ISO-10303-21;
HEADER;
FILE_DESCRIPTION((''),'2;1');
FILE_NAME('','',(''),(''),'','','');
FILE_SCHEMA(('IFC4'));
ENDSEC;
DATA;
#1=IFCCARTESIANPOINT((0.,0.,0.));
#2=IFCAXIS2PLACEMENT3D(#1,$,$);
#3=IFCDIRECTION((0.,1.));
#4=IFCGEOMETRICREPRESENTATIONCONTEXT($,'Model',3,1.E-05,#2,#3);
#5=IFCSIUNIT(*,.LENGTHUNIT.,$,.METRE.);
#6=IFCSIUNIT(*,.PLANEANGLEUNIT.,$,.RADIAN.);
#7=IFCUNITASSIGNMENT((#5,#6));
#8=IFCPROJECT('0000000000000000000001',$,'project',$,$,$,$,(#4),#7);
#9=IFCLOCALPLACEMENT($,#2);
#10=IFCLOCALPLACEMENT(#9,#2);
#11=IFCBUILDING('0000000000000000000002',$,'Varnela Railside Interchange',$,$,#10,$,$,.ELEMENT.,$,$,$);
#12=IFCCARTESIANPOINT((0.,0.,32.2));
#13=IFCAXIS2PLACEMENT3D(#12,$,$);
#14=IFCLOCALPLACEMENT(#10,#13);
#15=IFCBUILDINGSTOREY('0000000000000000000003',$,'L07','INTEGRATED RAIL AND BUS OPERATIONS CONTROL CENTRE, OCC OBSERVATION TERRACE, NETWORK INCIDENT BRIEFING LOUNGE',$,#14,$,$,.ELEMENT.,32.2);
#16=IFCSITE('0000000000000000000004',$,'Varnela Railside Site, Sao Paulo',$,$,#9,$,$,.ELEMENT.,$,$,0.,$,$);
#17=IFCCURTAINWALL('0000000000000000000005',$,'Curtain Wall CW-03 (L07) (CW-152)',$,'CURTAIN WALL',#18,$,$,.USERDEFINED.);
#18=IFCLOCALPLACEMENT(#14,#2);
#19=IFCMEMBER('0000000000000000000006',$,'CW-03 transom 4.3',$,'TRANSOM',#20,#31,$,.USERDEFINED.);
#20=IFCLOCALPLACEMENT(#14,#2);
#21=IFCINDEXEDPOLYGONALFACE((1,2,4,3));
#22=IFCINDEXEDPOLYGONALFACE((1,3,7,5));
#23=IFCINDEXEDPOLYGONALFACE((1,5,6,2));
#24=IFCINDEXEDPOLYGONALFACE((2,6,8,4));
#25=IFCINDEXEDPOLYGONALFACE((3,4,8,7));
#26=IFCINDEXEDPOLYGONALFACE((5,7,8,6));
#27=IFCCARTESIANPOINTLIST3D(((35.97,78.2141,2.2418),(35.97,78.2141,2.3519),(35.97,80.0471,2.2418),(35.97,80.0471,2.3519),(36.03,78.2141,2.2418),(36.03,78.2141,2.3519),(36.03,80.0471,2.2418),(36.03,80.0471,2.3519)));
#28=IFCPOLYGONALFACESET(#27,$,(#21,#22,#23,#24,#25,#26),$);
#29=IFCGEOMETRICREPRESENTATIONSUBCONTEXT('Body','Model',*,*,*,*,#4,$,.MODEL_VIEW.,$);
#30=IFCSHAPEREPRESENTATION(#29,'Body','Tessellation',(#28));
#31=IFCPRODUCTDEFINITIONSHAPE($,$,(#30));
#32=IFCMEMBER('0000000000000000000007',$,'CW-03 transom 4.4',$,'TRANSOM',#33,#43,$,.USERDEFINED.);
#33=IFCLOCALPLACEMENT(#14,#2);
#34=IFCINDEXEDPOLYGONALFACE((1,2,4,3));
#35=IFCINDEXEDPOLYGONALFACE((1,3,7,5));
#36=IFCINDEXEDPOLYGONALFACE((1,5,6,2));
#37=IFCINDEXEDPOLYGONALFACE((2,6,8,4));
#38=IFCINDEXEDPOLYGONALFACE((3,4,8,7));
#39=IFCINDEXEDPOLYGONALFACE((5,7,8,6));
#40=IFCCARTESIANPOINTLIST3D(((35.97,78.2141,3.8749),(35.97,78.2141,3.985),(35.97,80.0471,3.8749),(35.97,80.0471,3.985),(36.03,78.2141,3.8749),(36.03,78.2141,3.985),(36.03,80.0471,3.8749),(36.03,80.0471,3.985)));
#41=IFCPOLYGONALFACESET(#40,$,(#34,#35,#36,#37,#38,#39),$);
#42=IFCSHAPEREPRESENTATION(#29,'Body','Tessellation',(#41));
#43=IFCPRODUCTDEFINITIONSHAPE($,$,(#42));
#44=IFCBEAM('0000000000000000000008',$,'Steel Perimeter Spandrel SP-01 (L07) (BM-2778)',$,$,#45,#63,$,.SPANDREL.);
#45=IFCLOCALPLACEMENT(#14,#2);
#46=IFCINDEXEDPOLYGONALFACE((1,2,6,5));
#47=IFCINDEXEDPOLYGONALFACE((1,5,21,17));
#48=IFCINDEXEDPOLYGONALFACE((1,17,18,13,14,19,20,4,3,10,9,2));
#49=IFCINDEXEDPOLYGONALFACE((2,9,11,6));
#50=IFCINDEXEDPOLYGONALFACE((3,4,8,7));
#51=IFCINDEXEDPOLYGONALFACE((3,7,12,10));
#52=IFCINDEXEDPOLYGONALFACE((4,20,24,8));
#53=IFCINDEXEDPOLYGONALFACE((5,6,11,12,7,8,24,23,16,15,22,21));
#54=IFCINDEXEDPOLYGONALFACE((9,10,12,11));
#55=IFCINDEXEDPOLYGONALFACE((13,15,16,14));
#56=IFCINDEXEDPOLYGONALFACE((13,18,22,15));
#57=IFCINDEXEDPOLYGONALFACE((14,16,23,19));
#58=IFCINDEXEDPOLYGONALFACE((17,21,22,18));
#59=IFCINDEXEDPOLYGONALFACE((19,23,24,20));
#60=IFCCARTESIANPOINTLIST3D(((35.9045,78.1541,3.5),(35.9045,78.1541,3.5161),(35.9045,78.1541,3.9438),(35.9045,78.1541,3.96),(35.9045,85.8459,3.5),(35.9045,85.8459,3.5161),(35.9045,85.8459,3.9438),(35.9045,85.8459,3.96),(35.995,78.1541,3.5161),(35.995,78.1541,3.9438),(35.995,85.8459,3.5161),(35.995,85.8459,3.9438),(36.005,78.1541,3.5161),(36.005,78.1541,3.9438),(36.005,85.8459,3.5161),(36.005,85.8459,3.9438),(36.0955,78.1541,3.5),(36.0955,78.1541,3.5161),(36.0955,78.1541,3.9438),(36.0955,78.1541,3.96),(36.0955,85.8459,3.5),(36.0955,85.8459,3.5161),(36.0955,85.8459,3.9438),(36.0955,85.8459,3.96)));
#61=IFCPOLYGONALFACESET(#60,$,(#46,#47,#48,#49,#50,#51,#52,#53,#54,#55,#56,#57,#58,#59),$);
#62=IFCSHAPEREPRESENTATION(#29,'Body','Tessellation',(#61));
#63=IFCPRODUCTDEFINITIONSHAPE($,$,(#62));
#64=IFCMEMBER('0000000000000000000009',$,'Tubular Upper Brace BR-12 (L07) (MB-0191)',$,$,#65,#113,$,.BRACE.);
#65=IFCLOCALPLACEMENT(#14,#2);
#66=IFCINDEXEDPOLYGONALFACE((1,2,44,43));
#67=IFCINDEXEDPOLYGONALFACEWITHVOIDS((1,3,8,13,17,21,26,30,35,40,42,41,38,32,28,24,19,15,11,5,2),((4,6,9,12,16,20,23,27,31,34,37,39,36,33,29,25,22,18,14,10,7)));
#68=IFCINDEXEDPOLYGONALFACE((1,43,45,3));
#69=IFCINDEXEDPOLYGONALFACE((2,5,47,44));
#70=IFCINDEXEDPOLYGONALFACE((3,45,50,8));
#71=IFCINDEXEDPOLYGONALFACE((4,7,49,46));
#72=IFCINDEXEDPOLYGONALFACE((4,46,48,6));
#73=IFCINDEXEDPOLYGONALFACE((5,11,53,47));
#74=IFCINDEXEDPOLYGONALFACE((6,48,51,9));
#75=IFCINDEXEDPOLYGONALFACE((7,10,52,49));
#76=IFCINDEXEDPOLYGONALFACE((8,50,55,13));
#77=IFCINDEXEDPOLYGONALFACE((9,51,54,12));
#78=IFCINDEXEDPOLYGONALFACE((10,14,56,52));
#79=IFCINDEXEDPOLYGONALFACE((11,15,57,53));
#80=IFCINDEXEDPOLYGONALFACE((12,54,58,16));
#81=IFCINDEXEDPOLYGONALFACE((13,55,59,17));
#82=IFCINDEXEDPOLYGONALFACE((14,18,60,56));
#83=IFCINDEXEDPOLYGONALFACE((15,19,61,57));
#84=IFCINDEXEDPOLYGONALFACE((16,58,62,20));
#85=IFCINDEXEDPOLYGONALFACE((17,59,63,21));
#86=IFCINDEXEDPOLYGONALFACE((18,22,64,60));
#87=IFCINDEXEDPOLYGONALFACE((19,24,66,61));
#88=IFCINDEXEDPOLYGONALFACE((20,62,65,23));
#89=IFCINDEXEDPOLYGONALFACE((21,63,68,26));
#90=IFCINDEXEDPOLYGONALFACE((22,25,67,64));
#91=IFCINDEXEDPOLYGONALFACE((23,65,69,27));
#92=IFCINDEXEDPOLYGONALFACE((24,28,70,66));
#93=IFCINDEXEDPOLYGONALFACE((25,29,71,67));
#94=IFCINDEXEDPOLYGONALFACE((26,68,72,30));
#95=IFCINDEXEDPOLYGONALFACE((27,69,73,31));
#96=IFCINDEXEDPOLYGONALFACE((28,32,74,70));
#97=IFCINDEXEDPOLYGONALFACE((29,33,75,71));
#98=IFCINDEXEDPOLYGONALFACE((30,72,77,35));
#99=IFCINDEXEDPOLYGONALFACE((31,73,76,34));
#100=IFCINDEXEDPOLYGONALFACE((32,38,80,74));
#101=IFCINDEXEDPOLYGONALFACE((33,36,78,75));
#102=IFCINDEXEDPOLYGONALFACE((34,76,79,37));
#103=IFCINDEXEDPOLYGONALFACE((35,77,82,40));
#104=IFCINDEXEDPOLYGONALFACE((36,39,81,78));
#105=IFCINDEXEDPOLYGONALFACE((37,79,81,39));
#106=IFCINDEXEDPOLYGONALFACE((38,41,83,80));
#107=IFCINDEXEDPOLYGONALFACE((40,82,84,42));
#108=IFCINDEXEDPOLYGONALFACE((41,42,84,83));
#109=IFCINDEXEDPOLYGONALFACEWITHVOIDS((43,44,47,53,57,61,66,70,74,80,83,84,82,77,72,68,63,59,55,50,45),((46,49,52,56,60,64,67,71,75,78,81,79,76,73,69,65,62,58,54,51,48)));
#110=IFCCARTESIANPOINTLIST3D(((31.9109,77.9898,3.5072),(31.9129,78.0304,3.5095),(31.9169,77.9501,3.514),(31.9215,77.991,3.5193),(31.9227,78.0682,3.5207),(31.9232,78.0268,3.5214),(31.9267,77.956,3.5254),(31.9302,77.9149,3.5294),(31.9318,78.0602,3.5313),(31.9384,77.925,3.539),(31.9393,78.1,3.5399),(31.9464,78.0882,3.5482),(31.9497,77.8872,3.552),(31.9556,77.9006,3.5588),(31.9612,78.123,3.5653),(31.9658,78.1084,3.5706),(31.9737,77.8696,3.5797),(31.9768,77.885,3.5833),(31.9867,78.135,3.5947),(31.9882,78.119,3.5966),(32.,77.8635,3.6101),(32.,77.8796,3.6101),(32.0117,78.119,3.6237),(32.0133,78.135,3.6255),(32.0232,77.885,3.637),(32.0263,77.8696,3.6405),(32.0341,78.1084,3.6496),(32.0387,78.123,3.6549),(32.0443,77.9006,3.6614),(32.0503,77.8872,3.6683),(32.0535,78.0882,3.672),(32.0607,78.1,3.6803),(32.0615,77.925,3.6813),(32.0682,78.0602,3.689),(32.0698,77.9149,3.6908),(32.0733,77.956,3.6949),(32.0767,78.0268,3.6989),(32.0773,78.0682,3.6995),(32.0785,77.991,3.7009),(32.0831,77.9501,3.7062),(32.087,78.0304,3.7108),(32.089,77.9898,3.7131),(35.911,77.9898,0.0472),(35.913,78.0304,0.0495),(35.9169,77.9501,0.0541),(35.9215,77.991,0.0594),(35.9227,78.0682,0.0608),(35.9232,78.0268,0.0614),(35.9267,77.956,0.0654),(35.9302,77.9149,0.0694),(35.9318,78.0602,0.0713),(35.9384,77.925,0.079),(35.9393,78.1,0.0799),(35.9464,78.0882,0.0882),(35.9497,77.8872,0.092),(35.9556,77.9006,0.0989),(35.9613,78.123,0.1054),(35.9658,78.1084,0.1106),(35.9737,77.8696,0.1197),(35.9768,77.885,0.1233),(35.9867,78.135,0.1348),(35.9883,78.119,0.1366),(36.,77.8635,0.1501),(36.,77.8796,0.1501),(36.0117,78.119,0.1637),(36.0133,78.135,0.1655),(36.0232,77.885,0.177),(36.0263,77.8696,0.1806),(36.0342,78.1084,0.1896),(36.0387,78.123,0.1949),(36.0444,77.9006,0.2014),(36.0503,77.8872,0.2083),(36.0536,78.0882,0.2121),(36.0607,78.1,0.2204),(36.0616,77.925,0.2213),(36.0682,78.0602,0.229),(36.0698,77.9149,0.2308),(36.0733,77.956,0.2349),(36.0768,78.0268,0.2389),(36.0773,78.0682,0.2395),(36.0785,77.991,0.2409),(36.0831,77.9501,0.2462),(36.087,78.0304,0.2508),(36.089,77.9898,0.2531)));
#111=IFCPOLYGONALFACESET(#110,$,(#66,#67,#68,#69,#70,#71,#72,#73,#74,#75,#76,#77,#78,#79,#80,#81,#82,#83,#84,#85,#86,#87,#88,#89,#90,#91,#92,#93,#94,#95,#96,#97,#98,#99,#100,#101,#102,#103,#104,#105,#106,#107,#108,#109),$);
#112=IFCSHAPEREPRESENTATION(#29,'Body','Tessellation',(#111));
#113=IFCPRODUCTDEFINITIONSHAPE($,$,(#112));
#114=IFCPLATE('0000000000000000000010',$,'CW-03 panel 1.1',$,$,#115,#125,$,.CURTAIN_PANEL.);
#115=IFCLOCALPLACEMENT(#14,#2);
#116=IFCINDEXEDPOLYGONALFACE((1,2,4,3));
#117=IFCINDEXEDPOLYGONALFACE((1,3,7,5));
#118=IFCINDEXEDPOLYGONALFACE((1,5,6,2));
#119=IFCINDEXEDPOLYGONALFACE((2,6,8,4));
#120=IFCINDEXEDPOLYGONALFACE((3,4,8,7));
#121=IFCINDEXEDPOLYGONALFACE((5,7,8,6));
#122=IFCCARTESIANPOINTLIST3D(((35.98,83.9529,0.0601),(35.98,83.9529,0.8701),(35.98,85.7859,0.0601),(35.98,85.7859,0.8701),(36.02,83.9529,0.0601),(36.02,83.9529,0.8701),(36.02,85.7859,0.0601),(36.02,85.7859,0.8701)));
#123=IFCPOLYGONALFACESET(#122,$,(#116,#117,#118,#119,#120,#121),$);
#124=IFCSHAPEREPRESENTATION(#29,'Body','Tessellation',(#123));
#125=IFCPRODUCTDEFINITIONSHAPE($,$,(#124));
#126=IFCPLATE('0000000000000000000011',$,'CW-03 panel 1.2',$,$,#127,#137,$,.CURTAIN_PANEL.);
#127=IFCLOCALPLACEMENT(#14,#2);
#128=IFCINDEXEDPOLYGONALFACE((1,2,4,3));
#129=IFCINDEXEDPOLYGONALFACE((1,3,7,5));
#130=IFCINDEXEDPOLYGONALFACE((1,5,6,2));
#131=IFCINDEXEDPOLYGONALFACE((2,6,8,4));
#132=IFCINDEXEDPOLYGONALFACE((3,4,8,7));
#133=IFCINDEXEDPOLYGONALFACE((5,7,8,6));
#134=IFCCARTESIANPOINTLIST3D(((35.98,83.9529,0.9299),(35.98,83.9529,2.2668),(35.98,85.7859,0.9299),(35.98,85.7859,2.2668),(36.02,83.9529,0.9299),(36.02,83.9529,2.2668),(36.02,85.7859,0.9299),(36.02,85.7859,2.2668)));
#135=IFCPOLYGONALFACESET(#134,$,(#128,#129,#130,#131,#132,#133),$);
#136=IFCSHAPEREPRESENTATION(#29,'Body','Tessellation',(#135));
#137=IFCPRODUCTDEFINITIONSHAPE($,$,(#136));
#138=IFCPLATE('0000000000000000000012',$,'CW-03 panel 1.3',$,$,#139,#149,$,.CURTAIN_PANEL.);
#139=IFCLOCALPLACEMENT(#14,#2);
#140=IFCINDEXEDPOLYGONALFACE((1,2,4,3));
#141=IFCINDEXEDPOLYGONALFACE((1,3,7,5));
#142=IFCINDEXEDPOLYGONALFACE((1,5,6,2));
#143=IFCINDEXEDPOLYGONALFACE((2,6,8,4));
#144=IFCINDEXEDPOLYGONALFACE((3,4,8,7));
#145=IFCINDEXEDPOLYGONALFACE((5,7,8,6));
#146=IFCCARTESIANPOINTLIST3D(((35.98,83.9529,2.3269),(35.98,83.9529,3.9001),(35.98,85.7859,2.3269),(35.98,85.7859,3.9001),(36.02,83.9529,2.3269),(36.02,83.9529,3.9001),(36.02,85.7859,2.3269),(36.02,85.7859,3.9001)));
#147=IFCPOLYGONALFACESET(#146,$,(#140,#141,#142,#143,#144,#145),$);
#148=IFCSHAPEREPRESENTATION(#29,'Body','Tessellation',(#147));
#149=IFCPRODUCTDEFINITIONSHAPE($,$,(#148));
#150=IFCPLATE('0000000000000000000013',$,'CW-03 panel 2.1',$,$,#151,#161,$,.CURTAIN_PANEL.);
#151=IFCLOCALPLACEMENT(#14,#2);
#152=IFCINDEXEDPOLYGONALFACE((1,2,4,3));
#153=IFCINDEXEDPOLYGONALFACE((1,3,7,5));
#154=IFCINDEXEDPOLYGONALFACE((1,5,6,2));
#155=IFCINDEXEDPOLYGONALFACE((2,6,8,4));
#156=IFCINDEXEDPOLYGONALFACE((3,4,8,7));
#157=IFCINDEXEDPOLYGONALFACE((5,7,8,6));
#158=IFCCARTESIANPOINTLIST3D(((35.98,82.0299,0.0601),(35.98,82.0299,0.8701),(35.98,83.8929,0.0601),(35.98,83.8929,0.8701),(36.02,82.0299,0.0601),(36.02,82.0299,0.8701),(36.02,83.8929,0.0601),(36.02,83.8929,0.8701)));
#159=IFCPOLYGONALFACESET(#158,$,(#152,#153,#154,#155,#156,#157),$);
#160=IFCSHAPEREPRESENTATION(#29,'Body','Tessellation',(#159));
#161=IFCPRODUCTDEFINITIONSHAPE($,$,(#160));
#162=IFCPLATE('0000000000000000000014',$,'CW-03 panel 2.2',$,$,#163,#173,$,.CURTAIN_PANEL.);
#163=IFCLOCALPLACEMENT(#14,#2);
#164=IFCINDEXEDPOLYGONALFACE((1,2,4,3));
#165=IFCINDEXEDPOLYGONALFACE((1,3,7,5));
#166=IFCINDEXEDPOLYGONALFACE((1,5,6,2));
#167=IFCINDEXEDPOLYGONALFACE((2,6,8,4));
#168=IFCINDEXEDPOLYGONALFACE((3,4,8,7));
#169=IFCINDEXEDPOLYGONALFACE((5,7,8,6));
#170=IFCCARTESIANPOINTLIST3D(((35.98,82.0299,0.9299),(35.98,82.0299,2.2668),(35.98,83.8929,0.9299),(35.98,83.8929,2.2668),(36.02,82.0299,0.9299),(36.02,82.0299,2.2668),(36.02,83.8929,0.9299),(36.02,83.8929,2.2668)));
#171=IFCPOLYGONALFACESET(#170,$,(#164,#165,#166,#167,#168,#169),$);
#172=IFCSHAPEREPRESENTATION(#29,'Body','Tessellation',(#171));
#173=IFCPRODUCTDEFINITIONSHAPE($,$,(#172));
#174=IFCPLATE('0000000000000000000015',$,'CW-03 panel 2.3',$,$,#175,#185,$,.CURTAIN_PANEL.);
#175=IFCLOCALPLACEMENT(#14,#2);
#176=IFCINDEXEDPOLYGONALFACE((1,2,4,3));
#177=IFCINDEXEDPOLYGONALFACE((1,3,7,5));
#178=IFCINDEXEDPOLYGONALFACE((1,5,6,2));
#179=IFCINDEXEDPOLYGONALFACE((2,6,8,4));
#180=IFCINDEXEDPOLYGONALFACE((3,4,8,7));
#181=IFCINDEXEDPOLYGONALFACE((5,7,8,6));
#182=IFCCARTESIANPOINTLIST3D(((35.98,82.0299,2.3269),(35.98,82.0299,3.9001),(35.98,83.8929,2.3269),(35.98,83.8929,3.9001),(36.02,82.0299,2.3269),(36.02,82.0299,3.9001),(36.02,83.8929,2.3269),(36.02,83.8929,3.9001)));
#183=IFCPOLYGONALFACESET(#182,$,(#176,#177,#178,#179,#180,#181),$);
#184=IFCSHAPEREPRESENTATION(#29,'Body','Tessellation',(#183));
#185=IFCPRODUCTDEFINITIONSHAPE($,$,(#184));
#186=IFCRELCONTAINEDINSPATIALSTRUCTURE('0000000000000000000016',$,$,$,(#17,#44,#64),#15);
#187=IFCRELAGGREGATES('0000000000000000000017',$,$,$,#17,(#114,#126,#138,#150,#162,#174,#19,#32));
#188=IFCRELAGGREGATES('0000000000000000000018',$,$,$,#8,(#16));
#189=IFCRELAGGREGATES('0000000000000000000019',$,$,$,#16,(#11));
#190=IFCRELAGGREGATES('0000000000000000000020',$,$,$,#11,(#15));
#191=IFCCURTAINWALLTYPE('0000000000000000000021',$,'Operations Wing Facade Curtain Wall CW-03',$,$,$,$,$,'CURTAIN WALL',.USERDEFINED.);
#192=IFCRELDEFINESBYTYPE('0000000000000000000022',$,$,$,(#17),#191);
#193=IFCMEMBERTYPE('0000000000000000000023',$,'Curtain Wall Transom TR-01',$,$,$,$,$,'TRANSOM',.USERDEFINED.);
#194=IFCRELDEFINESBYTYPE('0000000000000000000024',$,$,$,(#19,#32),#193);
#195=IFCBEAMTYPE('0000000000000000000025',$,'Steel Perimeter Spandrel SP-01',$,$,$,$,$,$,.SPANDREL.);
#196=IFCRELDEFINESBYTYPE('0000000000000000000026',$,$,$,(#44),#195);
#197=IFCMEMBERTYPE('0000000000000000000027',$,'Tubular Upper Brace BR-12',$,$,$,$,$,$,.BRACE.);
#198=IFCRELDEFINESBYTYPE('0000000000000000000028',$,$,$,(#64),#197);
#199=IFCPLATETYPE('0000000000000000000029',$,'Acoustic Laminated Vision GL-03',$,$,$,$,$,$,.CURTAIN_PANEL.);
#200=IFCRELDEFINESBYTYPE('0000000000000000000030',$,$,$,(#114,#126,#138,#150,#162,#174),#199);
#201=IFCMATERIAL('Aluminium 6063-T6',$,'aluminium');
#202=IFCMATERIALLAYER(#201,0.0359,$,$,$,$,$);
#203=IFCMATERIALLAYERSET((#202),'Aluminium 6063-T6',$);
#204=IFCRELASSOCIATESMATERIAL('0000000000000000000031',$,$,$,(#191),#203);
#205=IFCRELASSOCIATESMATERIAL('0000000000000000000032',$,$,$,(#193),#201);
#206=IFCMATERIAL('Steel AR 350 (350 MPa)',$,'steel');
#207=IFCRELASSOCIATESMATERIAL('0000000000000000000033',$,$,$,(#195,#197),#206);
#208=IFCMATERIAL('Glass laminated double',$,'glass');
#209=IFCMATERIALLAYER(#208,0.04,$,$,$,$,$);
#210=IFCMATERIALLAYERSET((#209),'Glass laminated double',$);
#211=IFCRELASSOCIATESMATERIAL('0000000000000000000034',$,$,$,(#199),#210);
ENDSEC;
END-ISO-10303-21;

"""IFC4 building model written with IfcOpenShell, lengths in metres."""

from ifc_helpers import new_model, si_unit, direction, frame, origin, origin_2d, place, context, subcontext, project, spatial, rectangle, hollow_circle, i_section, extrude, material, layer, layer_set, material_profile, profile_set, type_object, element, aggregate, save


model = new_model("IFC4")

# Units and contexts
model_context = context("Model", 3, precision=1e-05, world=origin(), true_north=direction((0.0, 1.0)))
body_context = subcontext(model_context, "Body", "Model", "MODEL_VIEW")
ifc_project = project(units=[si_unit("LENGTHUNIT", "METRE"), si_unit("PLANEANGLEUNIT", "RADIAN")], contexts=[model_context])

# Site, building, storey
site_placement = place(None, origin())
site = spatial("IfcSite", under=ifc_project, at=site_placement, Name="Varnela Railside Site, Sao Paulo", CompositionType="ELEMENT", RefElevation=0.0)
building_placement = place(site_placement, origin())
building = spatial("IfcBuilding", under=site, at=building_placement, Name="Varnela Railside Interchange", CompositionType="ELEMENT")
storey_placement = place(building_placement, frame((0.0, 0.0, 32.2)))
storey = spatial("IfcBuildingStorey", under=building, at=storey_placement, Name="L07", Description="INTEGRATED RAIL AND BUS OPERATIONS CONTROL CENTRE, OCC OBSERVATION TERRACE, NETWORK INCIDENT BRIEFING LOUNGE", CompositionType="ELEMENT", Elevation=32.2)

# Curtain wall, members
ifc_material_1 = material(Name="Aluminium 6063-T6", Category="aluminium")
ifc_layer_1 = layer(ifc_material_1, 0.0359)
ifc_layer_set_1 = layer_set([ifc_layer_1], Name="Aluminium 6063-T6")
curtain_wall_type = type_object("IfcCurtainWallType", Name="Operations Wing Facade Curtain Wall CW-03", ElementType="CURTAIN WALL", PredefinedType="USERDEFINED", material=ifc_layer_set_1)
curtain_wall_placement = place(storey_placement, origin())
curtain_wall = element("IfcCurtainWall", 1, at=curtain_wall_placement, inside=storey, type_object=curtain_wall_type, Name="Curtain Wall CW-03 (L07) (CW-152)", ObjectType="CURTAIN WALL", PredefinedType="USERDEFINED")
ifc_material_profile_1 = material_profile(ifc_material_1, rectangle(XDim=0.0601, YDim=0.1101, at=origin_2d()), Name="ALU 60x110")
ifc_profile_set_1 = profile_set([ifc_material_profile_1], Name="Aluminium 6063-T6")
member_type_1 = type_object("IfcMemberType", Name="Curtain Wall Transom TR-01", ElementType="TRANSOM", PredefinedType="USERDEFINED", material=ifc_profile_set_1)
member_1_placement = place(storey_placement, frame((36.0, 80.0471, 2.2969), z_axis=(0.0, -1.0, 0.0), x_axis=(1.0, 0.0, 0.0)))
member_1 = element("IfcMember", 2, at=member_1_placement, type_object=member_type_1, Name="CW-03 transom 4.3", ObjectType="TRANSOM", PredefinedType="USERDEFINED", context=body_context, shape_type="SweptSolid", body=[
    extrude(rectangle(XDim=0.0601, YDim=0.1101, at=origin_2d()), origin(), (0.0, 0.0, 1.0), 1.833),
])
member_2_placement = place(storey_placement, frame((36.0, 80.0471, 3.9299), z_axis=(0.0, -1.0, 0.0), x_axis=(1.0, 0.0, 0.0)))
member_2 = element("IfcMember", 3, at=member_2_placement, type_object=member_type_1, Name="CW-03 transom 4.4", ObjectType="TRANSOM", PredefinedType="USERDEFINED", context=body_context, shape_type="SweptSolid", body=[
    extrude(rectangle(XDim=0.0601, YDim=0.1101, at=origin_2d()), origin(), (0.0, 0.0, 1.0), 1.833),
])

# Beam
ifc_material_2 = material(Name="Steel AR 350 (350 MPa)", Category="steel")
ifc_material_profile_2 = material_profile(ifc_material_2, i_section(OverallWidth=0.1909, OverallDepth=0.46, WebThickness=0.01, FlangeThickness=0.0161, at=origin_2d()), Name="W460x82")
ifc_profile_set_2 = profile_set([ifc_material_profile_2], Name="Steel AR 350 (350 MPa)")
beam_type = type_object("IfcBeamType", Name="Steel Perimeter Spandrel SP-01", PredefinedType="SPANDREL", material=ifc_profile_set_2)
beam_placement = place(storey_placement, frame((36.0, 78.1541, 3.73), z_axis=(0.0, 1.0, 0.0), x_axis=(-1.0, 0.0, 0.0)))
element("IfcBeam", 4, at=beam_placement, inside=storey, type_object=beam_type, Name="Steel Perimeter Spandrel SP-01 (L07) (BM-2778)", PredefinedType="SPANDREL", context=body_context, shape_type="SweptSolid", body=[
    extrude(i_section(OverallWidth=0.1909, OverallDepth=0.46, WebThickness=0.01, FlangeThickness=0.0161, at=origin_2d()), origin(), (0.0, 0.0, 1.0), 7.6919),
])

# Member
ifc_material_profile_3 = material_profile(ifc_material_2, hollow_circle(Radius=0.1365, WallThickness=0.0161, at=origin_2d()), Name="CHS 273x16")
ifc_profile_set_3 = profile_set([ifc_material_profile_3], Name="Steel AR 350 (350 MPa)")
member_type_2 = type_object("IfcMemberType", Name="Tubular Upper Brace BR-12", PredefinedType="BRACE", material=ifc_profile_set_3)
member_3_placement = place(storey_placement, frame((36.0, 78.0, 0.1501), z_axis=(-0.756316, 0.0, 0.654206), x_axis=(0.0, -1.0, 0.0)))
element("IfcMember", 5, at=member_3_placement, inside=storey, type_object=member_type_2, Name="Tubular Upper Brace BR-12 (L07) (MB-0191)", PredefinedType="BRACE", context=body_context, shape_type="SweptSolid", body=[
    extrude(hollow_circle(Radius=0.1365, WallThickness=0.0161, at=origin_2d()), origin(), (0.0, 0.0, 1.0), 5.2888),
])

# Plates
ifc_material_3 = material(Name="Glass laminated double", Category="glass")
ifc_layer_2 = layer(ifc_material_3, 0.04)
ifc_layer_set_2 = layer_set([ifc_layer_2], Name="Glass laminated double")
plate_type_1 = type_object("IfcPlateType", Name="Acoustic Laminated Vision GL-03", PredefinedType="CURTAIN_PANEL", material=ifc_layer_set_2)
plate_1_placement = place(storey_placement, frame((36.0, 84.8694, 0.0601), z_axis=(0.0, 0.0, 1.0), x_axis=(0.0, -1.0, 0.0)))
plate_1 = element("IfcPlate", 6, at=plate_1_placement, type_object=plate_type_1, Name="CW-03 panel 1.1", PredefinedType="CURTAIN_PANEL", context=body_context, shape_type="SweptSolid", body=[
    extrude(rectangle(XDim=1.833, YDim=0.04, at=origin_2d()), origin(), (0.0, 0.0, 1.0), 0.8101),
])
plate_2_placement = place(storey_placement, frame((36.0, 84.8694, 0.9299), z_axis=(0.0, 0.0, 1.0), x_axis=(0.0, -1.0, 0.0)))
plate_2 = element("IfcPlate", 7, at=plate_2_placement, type_object=plate_type_1, Name="CW-03 panel 1.2", PredefinedType="CURTAIN_PANEL", context=body_context, shape_type="SweptSolid", body=[
    extrude(rectangle(XDim=1.833, YDim=0.04, at=origin_2d()), origin(), (0.0, 0.0, 1.0), 1.3369),
])
plate_3_placement = place(storey_placement, frame((36.0, 84.8694, 2.3269), z_axis=(0.0, 0.0, 1.0), x_axis=(0.0, -1.0, 0.0)))
plate_3 = element("IfcPlate", 8, at=plate_3_placement, type_object=plate_type_1, Name="CW-03 panel 1.3", PredefinedType="CURTAIN_PANEL", context=body_context, shape_type="SweptSolid", body=[
    extrude(rectangle(XDim=1.833, YDim=0.04, at=origin_2d()), origin(), (0.0, 0.0, 1.0), 1.5732),
])
plate_4_placement = place(storey_placement, frame((36.0, 82.9614, 0.0601), z_axis=(0.0, 0.0, 1.0), x_axis=(0.0, -1.0, 0.0)))
plate_4 = element("IfcPlate", 9, at=plate_4_placement, type_object=plate_type_1, Name="CW-03 panel 2.1", PredefinedType="CURTAIN_PANEL", context=body_context, shape_type="SweptSolid", body=[
    extrude(rectangle(XDim=1.863, YDim=0.04, at=origin_2d()), origin(), (0.0, 0.0, 1.0), 0.8101),
])
plate_5_placement = place(storey_placement, frame((36.0, 82.9614, 0.9299), z_axis=(0.0, 0.0, 1.0), x_axis=(0.0, -1.0, 0.0)))
plate_5 = element("IfcPlate", 10, at=plate_5_placement, type_object=plate_type_1, Name="CW-03 panel 2.2", PredefinedType="CURTAIN_PANEL", context=body_context, shape_type="SweptSolid", body=[
    extrude(rectangle(XDim=1.863, YDim=0.04, at=origin_2d()), origin(), (0.0, 0.0, 1.0), 1.3369),
])
plate_6_placement = place(storey_placement, frame((36.0, 82.9614, 2.3269), z_axis=(0.0, 0.0, 1.0), x_axis=(0.0, -1.0, 0.0)))
plate_6 = element("IfcPlate", 11, at=plate_6_placement, type_object=plate_type_1, Name="CW-03 panel 2.3", PredefinedType="CURTAIN_PANEL", context=body_context, shape_type="SweptSolid", body=[
    extrude(rectangle(XDim=1.863, YDim=0.04, at=origin_2d()), origin(), (0.0, 0.0, 1.0), 1.5732),
])
aggregate(curtain_wall, [plate_1, plate_2, plate_3, plate_4, plate_5, plate_6, member_1, member_2])

save(model, "model.ifc")
